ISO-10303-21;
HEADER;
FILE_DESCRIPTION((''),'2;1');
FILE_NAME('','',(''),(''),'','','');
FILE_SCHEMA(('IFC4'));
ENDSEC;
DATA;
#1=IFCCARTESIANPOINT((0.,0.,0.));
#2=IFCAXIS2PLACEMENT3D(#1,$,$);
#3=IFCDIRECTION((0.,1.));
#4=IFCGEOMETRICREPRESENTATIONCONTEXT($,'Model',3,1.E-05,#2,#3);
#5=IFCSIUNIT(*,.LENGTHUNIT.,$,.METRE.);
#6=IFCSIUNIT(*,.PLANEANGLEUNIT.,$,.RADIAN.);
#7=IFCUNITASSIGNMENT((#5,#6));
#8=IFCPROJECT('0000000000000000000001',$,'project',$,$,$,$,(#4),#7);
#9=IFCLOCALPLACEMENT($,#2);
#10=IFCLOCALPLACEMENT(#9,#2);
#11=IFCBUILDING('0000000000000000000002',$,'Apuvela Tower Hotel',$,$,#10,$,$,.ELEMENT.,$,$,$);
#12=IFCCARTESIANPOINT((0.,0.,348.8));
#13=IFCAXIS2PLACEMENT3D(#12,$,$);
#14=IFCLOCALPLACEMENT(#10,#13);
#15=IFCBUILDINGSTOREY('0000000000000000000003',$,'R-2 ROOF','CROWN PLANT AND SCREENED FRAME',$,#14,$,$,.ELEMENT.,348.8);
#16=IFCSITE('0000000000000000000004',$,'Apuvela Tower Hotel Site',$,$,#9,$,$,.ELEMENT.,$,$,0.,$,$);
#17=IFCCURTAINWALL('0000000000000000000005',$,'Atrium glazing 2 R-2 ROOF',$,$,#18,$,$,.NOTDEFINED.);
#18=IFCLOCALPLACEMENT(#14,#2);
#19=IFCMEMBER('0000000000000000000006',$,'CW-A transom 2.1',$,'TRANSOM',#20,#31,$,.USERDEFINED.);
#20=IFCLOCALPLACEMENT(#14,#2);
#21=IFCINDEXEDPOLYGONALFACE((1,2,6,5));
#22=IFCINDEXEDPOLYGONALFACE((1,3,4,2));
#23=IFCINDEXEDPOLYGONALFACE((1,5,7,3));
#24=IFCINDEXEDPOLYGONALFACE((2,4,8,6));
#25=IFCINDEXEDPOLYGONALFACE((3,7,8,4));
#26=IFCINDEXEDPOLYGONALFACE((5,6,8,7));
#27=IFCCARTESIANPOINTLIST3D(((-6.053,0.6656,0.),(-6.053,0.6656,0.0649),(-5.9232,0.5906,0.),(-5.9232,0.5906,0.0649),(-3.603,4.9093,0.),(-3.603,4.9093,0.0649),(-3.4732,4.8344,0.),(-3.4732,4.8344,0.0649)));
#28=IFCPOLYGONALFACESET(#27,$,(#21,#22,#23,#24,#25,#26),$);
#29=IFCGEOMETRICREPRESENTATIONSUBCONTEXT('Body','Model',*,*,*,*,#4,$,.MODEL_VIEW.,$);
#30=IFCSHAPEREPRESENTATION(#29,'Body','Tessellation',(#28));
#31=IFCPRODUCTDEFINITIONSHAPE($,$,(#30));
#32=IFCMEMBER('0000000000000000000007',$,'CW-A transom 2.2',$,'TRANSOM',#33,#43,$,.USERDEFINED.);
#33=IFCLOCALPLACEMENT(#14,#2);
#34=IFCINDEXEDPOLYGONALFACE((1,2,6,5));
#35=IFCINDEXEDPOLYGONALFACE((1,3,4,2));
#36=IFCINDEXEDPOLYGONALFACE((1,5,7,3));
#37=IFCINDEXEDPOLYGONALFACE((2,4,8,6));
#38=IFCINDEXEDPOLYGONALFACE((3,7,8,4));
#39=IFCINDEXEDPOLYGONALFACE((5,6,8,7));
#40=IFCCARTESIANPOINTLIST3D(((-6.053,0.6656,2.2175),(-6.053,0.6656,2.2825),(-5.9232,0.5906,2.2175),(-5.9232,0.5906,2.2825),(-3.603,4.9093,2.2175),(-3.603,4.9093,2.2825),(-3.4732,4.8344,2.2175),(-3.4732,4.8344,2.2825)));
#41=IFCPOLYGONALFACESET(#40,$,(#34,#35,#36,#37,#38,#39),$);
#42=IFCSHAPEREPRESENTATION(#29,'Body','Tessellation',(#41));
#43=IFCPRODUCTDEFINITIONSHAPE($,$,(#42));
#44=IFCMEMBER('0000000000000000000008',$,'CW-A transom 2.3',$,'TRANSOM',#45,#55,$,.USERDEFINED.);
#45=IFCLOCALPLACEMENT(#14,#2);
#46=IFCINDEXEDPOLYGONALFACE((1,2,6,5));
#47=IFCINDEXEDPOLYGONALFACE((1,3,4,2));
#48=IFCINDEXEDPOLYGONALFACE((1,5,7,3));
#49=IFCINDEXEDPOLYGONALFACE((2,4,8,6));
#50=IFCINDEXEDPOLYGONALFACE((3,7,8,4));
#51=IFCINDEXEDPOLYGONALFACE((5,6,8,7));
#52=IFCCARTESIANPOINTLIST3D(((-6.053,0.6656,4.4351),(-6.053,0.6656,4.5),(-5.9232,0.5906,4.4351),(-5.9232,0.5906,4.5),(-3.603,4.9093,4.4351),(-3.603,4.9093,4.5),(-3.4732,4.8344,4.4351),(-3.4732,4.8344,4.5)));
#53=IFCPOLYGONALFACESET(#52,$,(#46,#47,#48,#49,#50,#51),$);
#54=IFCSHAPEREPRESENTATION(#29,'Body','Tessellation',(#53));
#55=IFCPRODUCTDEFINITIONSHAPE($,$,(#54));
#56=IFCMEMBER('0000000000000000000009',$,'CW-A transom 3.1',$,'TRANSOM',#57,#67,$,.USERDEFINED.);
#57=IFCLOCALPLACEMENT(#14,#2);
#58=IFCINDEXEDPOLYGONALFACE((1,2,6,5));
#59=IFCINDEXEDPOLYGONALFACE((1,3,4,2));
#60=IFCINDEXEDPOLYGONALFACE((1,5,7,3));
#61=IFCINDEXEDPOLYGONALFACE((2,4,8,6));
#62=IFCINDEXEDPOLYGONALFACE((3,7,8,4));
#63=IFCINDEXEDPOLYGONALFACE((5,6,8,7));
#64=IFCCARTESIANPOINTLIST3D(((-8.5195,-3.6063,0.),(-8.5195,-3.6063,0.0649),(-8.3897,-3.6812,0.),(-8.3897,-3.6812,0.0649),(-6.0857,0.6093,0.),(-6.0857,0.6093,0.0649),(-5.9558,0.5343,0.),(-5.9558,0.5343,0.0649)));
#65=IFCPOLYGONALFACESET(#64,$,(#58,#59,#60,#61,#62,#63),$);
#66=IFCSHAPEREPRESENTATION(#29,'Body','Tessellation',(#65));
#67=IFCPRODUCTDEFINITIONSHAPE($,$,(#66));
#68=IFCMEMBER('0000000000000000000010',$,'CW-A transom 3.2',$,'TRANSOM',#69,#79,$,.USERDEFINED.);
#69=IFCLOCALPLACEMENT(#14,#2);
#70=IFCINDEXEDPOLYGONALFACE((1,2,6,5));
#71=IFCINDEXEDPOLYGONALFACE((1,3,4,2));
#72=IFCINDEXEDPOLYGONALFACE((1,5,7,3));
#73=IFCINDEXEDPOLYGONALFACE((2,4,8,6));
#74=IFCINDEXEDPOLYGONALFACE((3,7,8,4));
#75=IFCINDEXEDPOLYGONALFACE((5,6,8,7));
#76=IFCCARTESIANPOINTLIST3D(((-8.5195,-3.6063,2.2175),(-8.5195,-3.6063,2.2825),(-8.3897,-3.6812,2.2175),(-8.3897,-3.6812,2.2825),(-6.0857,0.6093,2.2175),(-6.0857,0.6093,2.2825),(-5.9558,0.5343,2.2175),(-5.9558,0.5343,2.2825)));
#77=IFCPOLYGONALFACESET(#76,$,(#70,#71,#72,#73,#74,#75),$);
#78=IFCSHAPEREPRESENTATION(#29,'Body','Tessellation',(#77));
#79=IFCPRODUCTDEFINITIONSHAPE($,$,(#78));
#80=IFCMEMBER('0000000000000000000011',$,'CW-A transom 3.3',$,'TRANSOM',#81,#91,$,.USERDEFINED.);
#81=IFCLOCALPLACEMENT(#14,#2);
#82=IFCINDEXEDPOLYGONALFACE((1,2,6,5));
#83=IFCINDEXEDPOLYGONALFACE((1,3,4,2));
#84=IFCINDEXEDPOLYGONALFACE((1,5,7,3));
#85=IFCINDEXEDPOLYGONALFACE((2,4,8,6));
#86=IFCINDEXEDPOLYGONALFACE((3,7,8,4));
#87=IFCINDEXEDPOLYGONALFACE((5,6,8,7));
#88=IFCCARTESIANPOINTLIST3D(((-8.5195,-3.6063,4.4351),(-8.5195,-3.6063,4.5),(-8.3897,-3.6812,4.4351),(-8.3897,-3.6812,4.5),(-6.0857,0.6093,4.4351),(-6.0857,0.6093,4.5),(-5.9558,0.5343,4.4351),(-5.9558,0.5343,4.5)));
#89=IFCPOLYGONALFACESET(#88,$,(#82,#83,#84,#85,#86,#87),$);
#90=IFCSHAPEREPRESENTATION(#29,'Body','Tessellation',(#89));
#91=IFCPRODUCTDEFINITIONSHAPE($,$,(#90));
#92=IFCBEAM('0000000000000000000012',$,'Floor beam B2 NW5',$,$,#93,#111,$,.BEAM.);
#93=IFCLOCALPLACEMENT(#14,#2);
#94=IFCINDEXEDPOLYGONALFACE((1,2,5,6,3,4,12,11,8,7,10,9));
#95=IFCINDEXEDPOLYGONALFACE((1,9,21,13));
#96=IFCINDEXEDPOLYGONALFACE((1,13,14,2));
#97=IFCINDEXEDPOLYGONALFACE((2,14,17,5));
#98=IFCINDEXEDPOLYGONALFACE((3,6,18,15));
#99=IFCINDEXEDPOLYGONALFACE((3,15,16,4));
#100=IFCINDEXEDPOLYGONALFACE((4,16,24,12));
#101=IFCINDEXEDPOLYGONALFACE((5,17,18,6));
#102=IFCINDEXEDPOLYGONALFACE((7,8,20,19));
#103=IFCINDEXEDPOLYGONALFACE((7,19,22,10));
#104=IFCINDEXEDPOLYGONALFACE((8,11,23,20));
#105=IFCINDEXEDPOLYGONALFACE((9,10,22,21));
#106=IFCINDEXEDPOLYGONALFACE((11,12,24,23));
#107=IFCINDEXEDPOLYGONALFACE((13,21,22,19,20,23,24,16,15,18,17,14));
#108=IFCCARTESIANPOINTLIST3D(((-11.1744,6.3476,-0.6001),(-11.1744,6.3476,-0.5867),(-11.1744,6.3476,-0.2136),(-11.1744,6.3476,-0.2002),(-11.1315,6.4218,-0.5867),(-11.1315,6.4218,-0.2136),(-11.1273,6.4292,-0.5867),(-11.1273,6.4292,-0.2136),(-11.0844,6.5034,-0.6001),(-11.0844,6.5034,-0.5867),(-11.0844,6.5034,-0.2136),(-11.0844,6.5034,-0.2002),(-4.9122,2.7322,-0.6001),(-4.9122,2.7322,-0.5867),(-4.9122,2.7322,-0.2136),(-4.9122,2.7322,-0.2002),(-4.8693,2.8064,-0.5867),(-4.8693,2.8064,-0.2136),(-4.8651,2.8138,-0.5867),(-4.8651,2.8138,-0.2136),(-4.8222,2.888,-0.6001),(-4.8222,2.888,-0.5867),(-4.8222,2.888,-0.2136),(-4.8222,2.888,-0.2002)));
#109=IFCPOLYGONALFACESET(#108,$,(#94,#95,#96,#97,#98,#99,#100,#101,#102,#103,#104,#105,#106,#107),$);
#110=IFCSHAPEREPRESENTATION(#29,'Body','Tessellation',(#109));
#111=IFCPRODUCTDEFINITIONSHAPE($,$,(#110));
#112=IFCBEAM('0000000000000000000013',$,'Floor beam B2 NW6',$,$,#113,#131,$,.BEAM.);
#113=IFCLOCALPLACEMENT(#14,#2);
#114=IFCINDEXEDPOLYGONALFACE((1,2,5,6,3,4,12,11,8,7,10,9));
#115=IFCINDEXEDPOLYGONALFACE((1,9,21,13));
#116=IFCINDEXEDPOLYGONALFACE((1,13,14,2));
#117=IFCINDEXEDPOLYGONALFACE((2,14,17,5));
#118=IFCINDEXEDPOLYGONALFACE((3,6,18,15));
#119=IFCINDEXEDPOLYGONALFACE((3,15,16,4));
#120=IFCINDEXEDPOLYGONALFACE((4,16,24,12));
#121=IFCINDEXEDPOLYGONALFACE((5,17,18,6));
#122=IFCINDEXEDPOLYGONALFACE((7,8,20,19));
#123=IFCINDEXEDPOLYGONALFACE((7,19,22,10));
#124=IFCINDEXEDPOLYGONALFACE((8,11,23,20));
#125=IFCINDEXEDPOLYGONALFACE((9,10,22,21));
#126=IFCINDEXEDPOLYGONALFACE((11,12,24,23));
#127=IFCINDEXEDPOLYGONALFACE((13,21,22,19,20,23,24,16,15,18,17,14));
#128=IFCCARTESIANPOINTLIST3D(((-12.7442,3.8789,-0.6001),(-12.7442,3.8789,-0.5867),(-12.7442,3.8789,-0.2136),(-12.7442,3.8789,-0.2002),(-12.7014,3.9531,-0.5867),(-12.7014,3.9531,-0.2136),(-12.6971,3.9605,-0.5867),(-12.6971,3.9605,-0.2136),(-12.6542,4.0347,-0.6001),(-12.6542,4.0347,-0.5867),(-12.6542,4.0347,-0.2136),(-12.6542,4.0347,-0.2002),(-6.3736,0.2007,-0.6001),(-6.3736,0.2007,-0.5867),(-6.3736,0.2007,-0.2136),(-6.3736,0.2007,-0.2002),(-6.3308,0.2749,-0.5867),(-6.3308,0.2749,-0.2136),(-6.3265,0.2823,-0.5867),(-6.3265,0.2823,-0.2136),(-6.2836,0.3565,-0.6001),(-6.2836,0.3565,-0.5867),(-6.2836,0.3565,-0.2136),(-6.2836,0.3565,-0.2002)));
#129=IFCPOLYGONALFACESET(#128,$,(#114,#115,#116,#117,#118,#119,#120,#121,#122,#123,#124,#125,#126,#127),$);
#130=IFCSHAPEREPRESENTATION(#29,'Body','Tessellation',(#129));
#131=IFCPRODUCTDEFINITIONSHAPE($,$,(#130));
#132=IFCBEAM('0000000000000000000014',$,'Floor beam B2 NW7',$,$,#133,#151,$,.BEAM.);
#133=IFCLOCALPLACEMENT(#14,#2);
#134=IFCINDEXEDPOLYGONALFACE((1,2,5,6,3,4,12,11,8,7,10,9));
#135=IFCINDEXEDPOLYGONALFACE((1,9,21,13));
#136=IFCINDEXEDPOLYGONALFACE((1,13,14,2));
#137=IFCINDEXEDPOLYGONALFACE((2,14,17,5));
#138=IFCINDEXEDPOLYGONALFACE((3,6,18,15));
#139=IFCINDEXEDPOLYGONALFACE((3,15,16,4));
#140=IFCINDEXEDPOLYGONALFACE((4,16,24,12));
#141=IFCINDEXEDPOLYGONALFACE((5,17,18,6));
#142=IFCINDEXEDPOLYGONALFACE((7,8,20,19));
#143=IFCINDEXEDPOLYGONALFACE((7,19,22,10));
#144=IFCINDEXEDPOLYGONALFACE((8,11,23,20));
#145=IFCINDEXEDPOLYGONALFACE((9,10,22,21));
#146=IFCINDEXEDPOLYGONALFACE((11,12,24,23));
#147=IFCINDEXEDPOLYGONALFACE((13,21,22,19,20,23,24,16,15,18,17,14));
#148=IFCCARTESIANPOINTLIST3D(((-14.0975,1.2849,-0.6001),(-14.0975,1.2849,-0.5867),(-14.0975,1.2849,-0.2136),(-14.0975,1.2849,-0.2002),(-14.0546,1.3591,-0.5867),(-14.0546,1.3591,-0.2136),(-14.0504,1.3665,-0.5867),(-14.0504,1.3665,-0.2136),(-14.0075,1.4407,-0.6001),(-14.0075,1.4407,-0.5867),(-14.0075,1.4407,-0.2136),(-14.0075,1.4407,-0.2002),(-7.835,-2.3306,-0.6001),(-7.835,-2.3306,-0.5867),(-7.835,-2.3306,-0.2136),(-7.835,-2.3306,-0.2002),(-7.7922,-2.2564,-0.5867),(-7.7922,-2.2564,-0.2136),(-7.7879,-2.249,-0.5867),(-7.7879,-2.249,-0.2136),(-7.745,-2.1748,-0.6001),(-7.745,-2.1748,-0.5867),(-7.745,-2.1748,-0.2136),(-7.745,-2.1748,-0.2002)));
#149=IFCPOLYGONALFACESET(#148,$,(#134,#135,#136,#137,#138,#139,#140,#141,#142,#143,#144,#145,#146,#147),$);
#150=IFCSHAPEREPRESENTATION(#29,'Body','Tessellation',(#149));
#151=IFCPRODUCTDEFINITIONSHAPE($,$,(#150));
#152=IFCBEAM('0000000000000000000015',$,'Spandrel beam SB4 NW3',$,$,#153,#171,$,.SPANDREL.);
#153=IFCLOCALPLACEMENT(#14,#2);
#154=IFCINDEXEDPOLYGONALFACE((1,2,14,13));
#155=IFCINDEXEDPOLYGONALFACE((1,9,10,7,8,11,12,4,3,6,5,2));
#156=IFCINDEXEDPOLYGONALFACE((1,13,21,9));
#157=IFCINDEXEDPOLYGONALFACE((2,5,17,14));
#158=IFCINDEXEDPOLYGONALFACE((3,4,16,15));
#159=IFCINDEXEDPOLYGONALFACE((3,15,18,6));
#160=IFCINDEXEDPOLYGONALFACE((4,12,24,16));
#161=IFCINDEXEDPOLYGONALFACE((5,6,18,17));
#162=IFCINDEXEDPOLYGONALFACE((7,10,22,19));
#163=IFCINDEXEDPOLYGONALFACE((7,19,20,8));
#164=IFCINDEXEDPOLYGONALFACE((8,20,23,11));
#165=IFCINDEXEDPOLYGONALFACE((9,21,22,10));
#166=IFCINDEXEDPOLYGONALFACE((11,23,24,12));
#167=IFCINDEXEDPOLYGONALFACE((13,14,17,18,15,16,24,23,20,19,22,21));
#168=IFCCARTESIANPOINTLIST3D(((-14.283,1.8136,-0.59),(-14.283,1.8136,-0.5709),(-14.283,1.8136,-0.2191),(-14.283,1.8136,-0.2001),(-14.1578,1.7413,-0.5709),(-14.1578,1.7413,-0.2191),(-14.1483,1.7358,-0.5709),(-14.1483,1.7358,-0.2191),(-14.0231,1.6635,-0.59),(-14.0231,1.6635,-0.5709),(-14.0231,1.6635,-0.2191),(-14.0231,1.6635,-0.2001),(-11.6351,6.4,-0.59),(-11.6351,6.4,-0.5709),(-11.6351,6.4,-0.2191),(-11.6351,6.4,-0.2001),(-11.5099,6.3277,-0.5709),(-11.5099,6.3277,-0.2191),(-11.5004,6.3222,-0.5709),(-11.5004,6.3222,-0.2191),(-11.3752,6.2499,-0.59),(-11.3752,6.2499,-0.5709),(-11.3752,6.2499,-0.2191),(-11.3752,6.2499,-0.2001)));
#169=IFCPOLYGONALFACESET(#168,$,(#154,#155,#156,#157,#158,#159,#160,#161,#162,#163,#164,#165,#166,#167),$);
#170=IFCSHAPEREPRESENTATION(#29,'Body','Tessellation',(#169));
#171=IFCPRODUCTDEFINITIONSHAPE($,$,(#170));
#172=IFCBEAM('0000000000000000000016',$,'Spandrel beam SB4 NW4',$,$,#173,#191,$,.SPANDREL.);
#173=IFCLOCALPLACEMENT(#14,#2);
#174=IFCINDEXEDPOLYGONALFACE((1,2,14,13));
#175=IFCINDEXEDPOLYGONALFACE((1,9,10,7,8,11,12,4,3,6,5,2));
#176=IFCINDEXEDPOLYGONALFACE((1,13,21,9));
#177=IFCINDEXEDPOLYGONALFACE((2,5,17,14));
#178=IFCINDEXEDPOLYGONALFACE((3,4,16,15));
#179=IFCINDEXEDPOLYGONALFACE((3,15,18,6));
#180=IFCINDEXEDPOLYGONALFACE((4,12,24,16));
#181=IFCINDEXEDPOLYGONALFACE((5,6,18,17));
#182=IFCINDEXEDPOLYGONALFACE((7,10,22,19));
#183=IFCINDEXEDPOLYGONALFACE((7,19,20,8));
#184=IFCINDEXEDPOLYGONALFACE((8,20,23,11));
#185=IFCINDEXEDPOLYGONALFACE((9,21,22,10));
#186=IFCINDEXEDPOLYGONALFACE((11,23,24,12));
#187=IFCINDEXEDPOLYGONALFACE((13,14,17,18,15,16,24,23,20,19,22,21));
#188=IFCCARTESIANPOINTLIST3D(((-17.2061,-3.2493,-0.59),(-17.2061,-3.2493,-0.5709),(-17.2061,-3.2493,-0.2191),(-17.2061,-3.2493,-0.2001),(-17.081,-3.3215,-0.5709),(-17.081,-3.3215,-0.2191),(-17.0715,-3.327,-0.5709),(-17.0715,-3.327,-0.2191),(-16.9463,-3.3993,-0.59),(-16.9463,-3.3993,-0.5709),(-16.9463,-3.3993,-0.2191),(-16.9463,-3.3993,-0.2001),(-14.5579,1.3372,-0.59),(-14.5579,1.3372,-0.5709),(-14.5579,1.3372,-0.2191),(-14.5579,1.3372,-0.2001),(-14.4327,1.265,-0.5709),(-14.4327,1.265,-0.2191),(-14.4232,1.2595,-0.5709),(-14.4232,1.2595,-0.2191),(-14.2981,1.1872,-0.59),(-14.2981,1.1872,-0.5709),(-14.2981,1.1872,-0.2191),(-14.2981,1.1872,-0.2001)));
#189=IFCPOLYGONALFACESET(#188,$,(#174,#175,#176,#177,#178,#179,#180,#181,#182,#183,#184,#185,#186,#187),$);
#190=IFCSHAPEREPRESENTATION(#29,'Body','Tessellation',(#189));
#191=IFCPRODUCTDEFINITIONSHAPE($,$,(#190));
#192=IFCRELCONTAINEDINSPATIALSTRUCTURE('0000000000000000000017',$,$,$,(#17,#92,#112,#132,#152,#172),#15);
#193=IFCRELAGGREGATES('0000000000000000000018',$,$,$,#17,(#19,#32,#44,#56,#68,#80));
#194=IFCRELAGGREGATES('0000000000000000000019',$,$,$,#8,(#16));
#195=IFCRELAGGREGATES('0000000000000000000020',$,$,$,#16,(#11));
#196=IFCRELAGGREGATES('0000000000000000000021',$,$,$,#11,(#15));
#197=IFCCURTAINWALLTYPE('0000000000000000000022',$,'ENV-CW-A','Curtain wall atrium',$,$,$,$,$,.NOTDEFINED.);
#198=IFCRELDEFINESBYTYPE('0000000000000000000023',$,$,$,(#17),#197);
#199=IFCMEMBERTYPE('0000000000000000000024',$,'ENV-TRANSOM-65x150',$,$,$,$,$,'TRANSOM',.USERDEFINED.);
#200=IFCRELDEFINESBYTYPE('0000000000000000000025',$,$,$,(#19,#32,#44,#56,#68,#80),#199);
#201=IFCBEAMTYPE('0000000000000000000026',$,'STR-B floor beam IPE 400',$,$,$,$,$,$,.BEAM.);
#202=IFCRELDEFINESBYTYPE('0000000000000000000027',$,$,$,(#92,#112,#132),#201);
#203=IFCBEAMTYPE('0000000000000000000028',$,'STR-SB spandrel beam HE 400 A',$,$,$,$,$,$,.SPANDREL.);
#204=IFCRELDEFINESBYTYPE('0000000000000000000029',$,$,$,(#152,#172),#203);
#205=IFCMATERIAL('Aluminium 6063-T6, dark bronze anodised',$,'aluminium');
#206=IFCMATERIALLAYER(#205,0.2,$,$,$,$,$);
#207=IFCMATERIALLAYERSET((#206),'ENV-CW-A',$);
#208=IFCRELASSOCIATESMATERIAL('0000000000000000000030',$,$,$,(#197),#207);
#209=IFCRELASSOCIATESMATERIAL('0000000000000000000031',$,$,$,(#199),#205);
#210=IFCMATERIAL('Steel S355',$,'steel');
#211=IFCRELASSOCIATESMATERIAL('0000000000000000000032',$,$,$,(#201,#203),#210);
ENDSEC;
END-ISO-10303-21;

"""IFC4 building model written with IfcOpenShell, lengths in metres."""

from ifc_helpers import new_model, si_unit, direction, frame, origin, origin_2d, place, context, subcontext, project, spatial, rectangle, i_section, extrude, material, layer, layer_set, material_profile, profile_set, type_object, element, aggregate, save


model = new_model("IFC4")

# Units and contexts
model_context = context("Model", 3, precision=1e-05, world=origin(), true_north=direction((0.0, 1.0)))
body_context = subcontext(model_context, "Body", "Model", "MODEL_VIEW")
ifc_project = project(units=[si_unit("LENGTHUNIT", "METRE"), si_unit("PLANEANGLEUNIT", "RADIAN")], contexts=[model_context])

# Site, building, storey
site_placement = place(None, origin())
site = spatial("IfcSite", under=ifc_project, at=site_placement, Name="Apuvela Tower Hotel Site", CompositionType="ELEMENT", RefElevation=0.0)
building_placement = place(site_placement, origin())
building = spatial("IfcBuilding", under=site, at=building_placement, Name="Apuvela Tower Hotel", CompositionType="ELEMENT")
storey_placement = place(building_placement, frame((0.0, 0.0, 348.8)))
storey = spatial("IfcBuildingStorey", under=building, at=storey_placement, Name="R-2 ROOF", Description="CROWN PLANT AND SCREENED FRAME", CompositionType="ELEMENT", Elevation=348.8)

# Curtain wall
ifc_material_1 = material(Name="Aluminium 6063-T6, dark bronze anodised", Category="aluminium")
ifc_layer_1 = layer(ifc_material_1, 0.2)
ifc_layer_set_1 = layer_set([ifc_layer_1], Name="ENV-CW-A")
curtain_wall_type_1 = type_object("IfcCurtainWallType", Name="ENV-CW-A", Description="Curtain wall atrium", PredefinedType="NOTDEFINED", material=ifc_layer_set_1)
curtain_wall_1_placement = place(storey_placement, origin())
curtain_wall_1 = element("IfcCurtainWall", 1, at=curtain_wall_1_placement, inside=storey, type_object=curtain_wall_type_1, Name="Atrium glazing 2 R-2 ROOF", PredefinedType="NOTDEFINED")

# Members
ifc_material_profile_1 = material_profile(ifc_material_1, rectangle(XDim=0.1499, YDim=0.0649, at=origin_2d()), Name="AL 65x150 transom")
ifc_profile_set_1 = profile_set([ifc_material_profile_1], Name="Aluminium 6063-T6, dark bronze anodised")
member_type_1 = type_object("IfcMemberType", Name="ENV-TRANSOM-65x150", ElementType="TRANSOM", PredefinedType="USERDEFINED", material=ifc_profile_set_1)
member_1_placement = place(storey_placement, frame((-3.5381, 4.8718, 0.0325), z_axis=(-0.499981, -0.866036, 0.0), x_axis=(0.866036, -0.499981, 0.0)))
member_1 = element("IfcMember", 2, at=member_1_placement, type_object=member_type_1, Name="CW-A transom 2.1", ObjectType="TRANSOM", PredefinedType="USERDEFINED", context=body_context, shape_type="SweptSolid", body=[
    extrude(rectangle(XDim=0.1499, YDim=0.0649, at=origin_2d()), origin(), (0.0, 0.0, 1.0), 4.9001),
])
member_2_placement = place(storey_placement, frame((-3.5381, 4.8718, 2.25), z_axis=(-0.499981, -0.866036, 0.0), x_axis=(0.866036, -0.499981, 0.0)))
member_2 = element("IfcMember", 3, at=member_2_placement, type_object=member_type_1, Name="CW-A transom 2.2", ObjectType="TRANSOM", PredefinedType="USERDEFINED", context=body_context, shape_type="SweptSolid", body=[
    extrude(rectangle(XDim=0.1499, YDim=0.0649, at=origin_2d()), origin(), (0.0, 0.0, 1.0), 4.9001),
])
member_3_placement = place(storey_placement, frame((-3.5381, 4.8718, 4.4675), z_axis=(-0.499981, -0.866036, 0.0), x_axis=(0.866036, -0.499981, 0.0)))
member_3 = element("IfcMember", 4, at=member_3_placement, type_object=member_type_1, Name="CW-A transom 2.3", ObjectType="TRANSOM", PredefinedType="USERDEFINED", context=body_context, shape_type="SweptSolid", body=[
    extrude(rectangle(XDim=0.1499, YDim=0.0649, at=origin_2d()), origin(), (0.0, 0.0, 1.0), 4.9001),
])
member_4_placement = place(storey_placement, frame((-6.0208, 0.5718, 0.0325), z_axis=(-0.499996, -0.866028, 0.0), x_axis=(0.866028, -0.499996, 0.0)))
member_4 = element("IfcMember", 5, at=member_4_placement, type_object=member_type_1, Name="CW-A transom 3.1", ObjectType="TRANSOM", PredefinedType="USERDEFINED", context=body_context, shape_type="SweptSolid", body=[
    extrude(rectangle(XDim=0.1499, YDim=0.0649, at=origin_2d()), origin(), (0.0, 0.0, 1.0), 4.8677),
])
member_5_placement = place(storey_placement, frame((-6.0208, 0.5718, 2.25), z_axis=(-0.499996, -0.866028, 0.0), x_axis=(0.866028, -0.499996, 0.0)))
member_5 = element("IfcMember", 6, at=member_5_placement, type_object=member_type_1, Name="CW-A transom 3.2", ObjectType="TRANSOM", PredefinedType="USERDEFINED", context=body_context, shape_type="SweptSolid", body=[
    extrude(rectangle(XDim=0.1499, YDim=0.0649, at=origin_2d()), origin(), (0.0, 0.0, 1.0), 4.8677),
])
member_6_placement = place(storey_placement, frame((-6.0208, 0.5718, 4.4675), z_axis=(-0.499996, -0.866028, 0.0), x_axis=(0.866028, -0.499996, 0.0)))
member_6 = element("IfcMember", 7, at=member_6_placement, type_object=member_type_1, Name="CW-A transom 3.3", ObjectType="TRANSOM", PredefinedType="USERDEFINED", context=body_context, shape_type="SweptSolid", body=[
    extrude(rectangle(XDim=0.1499, YDim=0.0649, at=origin_2d()), origin(), (0.0, 0.0, 1.0), 4.8677),
])

# Beams
ifc_material_2 = material(Name="Steel S355", Category="steel")
ifc_material_profile_2 = material_profile(ifc_material_2, i_section(OverallWidth=0.1799, OverallDepth=0.3999, WebThickness=0.0085, FlangeThickness=0.0134, at=origin_2d()), Name="IPE 400")
ifc_profile_set_2 = profile_set([ifc_material_profile_2], Name="Steel S355")
beam_type_1 = type_object("IfcBeamType", Name="STR-B floor beam IPE 400", PredefinedType="BEAM", material=ifc_profile_set_2)
beam_1_placement = place(storey_placement, frame((-11.1294, 6.4255, -0.4001), z_axis=(0.866026, -0.499999, 0.0), x_axis=(0.499999, 0.866026, 0.0)))
element("IfcBeam", 8, at=beam_1_placement, inside=storey, type_object=beam_type_1, Name="Floor beam B2 NW5", PredefinedType="BEAM", context=body_context, shape_type="SweptSolid", body=[
    extrude(i_section(OverallWidth=0.1799, OverallDepth=0.3999, WebThickness=0.0085, FlangeThickness=0.0134, at=origin_2d()), origin(), (0.0, 0.0, 1.0), 7.231),
])
beam_2_placement = place(storey_placement, frame((-12.6992, 3.9568, -0.4001), z_axis=(0.866016, -0.500015, 0.0), x_axis=(0.500015, 0.866016, 0.0)))
element("IfcBeam", 9, at=beam_2_placement, inside=storey, type_object=beam_type_1, Name="Floor beam B2 NW6", PredefinedType="BEAM", context=body_context, shape_type="SweptSolid", body=[
    extrude(i_section(OverallWidth=0.1799, OverallDepth=0.3999, WebThickness=0.0085, FlangeThickness=0.0134, at=origin_2d()), origin(), (0.0, 0.0, 1.0), 7.3562),
])
beam_3_placement = place(storey_placement, frame((-14.0525, 1.3628, -0.4001), z_axis=(0.866034, -0.499985, 0.0), x_axis=(0.499985, 0.866034, 0.0)))
element("IfcBeam", 10, at=beam_3_placement, inside=storey, type_object=beam_type_1, Name="Floor beam B2 NW7", PredefinedType="BEAM", context=body_context, shape_type="SweptSolid", body=[
    extrude(i_section(OverallWidth=0.1799, OverallDepth=0.3999, WebThickness=0.0085, FlangeThickness=0.0134, at=origin_2d()), origin(), (0.0, 0.0, 1.0), 7.2312),
])
ifc_material_profile_3 = material_profile(ifc_material_2, i_section(OverallWidth=0.3, OverallDepth=0.3899, WebThickness=0.011, FlangeThickness=0.019, at=origin_2d()), Name="HE 400 A")
ifc_profile_set_3 = profile_set([ifc_material_profile_3], Name="Steel S355")
beam_type_2 = type_object("IfcBeamType", Name="STR-SB spandrel beam HE 400 A", PredefinedType="SPANDREL", material=ifc_profile_set_3)
beam_4_placement = place(storey_placement, frame((-11.5051, 6.325, -0.395), z_axis=(-0.499996, -0.866027, 0.0), x_axis=(0.866027, -0.499996, 0.0)))
element("IfcBeam", 11, at=beam_4_placement, inside=storey, type_object=beam_type_2, Name="Spandrel beam SB4 NW3", PredefinedType="SPANDREL", context=body_context, shape_type="SweptSolid", body=[
    extrude(i_section(OverallWidth=0.3, OverallDepth=0.3899, WebThickness=0.011, FlangeThickness=0.019, at=origin_2d()), origin(), (0.0, 0.0, 1.0), 5.2959),
])
beam_5_placement = place(storey_placement, frame((-14.428, 1.2622, -0.395), z_axis=(-0.500031, -0.866007, 0.0), x_axis=(0.866007, -0.500031, 0.0)))
element("IfcBeam", 12, at=beam_5_placement, inside=storey, type_object=beam_type_2, Name="Spandrel beam SB4 NW4", PredefinedType="SPANDREL", context=body_context, shape_type="SweptSolid", body=[
    extrude(i_section(OverallWidth=0.3, OverallDepth=0.3899, WebThickness=0.011, FlangeThickness=0.019, at=origin_2d()), origin(), (0.0, 0.0, 1.0), 5.2961),
])

aggregate(curtain_wall_1, [member_1, member_2, member_3, member_4, member_5, member_6])

save(model, "model.ifc")
